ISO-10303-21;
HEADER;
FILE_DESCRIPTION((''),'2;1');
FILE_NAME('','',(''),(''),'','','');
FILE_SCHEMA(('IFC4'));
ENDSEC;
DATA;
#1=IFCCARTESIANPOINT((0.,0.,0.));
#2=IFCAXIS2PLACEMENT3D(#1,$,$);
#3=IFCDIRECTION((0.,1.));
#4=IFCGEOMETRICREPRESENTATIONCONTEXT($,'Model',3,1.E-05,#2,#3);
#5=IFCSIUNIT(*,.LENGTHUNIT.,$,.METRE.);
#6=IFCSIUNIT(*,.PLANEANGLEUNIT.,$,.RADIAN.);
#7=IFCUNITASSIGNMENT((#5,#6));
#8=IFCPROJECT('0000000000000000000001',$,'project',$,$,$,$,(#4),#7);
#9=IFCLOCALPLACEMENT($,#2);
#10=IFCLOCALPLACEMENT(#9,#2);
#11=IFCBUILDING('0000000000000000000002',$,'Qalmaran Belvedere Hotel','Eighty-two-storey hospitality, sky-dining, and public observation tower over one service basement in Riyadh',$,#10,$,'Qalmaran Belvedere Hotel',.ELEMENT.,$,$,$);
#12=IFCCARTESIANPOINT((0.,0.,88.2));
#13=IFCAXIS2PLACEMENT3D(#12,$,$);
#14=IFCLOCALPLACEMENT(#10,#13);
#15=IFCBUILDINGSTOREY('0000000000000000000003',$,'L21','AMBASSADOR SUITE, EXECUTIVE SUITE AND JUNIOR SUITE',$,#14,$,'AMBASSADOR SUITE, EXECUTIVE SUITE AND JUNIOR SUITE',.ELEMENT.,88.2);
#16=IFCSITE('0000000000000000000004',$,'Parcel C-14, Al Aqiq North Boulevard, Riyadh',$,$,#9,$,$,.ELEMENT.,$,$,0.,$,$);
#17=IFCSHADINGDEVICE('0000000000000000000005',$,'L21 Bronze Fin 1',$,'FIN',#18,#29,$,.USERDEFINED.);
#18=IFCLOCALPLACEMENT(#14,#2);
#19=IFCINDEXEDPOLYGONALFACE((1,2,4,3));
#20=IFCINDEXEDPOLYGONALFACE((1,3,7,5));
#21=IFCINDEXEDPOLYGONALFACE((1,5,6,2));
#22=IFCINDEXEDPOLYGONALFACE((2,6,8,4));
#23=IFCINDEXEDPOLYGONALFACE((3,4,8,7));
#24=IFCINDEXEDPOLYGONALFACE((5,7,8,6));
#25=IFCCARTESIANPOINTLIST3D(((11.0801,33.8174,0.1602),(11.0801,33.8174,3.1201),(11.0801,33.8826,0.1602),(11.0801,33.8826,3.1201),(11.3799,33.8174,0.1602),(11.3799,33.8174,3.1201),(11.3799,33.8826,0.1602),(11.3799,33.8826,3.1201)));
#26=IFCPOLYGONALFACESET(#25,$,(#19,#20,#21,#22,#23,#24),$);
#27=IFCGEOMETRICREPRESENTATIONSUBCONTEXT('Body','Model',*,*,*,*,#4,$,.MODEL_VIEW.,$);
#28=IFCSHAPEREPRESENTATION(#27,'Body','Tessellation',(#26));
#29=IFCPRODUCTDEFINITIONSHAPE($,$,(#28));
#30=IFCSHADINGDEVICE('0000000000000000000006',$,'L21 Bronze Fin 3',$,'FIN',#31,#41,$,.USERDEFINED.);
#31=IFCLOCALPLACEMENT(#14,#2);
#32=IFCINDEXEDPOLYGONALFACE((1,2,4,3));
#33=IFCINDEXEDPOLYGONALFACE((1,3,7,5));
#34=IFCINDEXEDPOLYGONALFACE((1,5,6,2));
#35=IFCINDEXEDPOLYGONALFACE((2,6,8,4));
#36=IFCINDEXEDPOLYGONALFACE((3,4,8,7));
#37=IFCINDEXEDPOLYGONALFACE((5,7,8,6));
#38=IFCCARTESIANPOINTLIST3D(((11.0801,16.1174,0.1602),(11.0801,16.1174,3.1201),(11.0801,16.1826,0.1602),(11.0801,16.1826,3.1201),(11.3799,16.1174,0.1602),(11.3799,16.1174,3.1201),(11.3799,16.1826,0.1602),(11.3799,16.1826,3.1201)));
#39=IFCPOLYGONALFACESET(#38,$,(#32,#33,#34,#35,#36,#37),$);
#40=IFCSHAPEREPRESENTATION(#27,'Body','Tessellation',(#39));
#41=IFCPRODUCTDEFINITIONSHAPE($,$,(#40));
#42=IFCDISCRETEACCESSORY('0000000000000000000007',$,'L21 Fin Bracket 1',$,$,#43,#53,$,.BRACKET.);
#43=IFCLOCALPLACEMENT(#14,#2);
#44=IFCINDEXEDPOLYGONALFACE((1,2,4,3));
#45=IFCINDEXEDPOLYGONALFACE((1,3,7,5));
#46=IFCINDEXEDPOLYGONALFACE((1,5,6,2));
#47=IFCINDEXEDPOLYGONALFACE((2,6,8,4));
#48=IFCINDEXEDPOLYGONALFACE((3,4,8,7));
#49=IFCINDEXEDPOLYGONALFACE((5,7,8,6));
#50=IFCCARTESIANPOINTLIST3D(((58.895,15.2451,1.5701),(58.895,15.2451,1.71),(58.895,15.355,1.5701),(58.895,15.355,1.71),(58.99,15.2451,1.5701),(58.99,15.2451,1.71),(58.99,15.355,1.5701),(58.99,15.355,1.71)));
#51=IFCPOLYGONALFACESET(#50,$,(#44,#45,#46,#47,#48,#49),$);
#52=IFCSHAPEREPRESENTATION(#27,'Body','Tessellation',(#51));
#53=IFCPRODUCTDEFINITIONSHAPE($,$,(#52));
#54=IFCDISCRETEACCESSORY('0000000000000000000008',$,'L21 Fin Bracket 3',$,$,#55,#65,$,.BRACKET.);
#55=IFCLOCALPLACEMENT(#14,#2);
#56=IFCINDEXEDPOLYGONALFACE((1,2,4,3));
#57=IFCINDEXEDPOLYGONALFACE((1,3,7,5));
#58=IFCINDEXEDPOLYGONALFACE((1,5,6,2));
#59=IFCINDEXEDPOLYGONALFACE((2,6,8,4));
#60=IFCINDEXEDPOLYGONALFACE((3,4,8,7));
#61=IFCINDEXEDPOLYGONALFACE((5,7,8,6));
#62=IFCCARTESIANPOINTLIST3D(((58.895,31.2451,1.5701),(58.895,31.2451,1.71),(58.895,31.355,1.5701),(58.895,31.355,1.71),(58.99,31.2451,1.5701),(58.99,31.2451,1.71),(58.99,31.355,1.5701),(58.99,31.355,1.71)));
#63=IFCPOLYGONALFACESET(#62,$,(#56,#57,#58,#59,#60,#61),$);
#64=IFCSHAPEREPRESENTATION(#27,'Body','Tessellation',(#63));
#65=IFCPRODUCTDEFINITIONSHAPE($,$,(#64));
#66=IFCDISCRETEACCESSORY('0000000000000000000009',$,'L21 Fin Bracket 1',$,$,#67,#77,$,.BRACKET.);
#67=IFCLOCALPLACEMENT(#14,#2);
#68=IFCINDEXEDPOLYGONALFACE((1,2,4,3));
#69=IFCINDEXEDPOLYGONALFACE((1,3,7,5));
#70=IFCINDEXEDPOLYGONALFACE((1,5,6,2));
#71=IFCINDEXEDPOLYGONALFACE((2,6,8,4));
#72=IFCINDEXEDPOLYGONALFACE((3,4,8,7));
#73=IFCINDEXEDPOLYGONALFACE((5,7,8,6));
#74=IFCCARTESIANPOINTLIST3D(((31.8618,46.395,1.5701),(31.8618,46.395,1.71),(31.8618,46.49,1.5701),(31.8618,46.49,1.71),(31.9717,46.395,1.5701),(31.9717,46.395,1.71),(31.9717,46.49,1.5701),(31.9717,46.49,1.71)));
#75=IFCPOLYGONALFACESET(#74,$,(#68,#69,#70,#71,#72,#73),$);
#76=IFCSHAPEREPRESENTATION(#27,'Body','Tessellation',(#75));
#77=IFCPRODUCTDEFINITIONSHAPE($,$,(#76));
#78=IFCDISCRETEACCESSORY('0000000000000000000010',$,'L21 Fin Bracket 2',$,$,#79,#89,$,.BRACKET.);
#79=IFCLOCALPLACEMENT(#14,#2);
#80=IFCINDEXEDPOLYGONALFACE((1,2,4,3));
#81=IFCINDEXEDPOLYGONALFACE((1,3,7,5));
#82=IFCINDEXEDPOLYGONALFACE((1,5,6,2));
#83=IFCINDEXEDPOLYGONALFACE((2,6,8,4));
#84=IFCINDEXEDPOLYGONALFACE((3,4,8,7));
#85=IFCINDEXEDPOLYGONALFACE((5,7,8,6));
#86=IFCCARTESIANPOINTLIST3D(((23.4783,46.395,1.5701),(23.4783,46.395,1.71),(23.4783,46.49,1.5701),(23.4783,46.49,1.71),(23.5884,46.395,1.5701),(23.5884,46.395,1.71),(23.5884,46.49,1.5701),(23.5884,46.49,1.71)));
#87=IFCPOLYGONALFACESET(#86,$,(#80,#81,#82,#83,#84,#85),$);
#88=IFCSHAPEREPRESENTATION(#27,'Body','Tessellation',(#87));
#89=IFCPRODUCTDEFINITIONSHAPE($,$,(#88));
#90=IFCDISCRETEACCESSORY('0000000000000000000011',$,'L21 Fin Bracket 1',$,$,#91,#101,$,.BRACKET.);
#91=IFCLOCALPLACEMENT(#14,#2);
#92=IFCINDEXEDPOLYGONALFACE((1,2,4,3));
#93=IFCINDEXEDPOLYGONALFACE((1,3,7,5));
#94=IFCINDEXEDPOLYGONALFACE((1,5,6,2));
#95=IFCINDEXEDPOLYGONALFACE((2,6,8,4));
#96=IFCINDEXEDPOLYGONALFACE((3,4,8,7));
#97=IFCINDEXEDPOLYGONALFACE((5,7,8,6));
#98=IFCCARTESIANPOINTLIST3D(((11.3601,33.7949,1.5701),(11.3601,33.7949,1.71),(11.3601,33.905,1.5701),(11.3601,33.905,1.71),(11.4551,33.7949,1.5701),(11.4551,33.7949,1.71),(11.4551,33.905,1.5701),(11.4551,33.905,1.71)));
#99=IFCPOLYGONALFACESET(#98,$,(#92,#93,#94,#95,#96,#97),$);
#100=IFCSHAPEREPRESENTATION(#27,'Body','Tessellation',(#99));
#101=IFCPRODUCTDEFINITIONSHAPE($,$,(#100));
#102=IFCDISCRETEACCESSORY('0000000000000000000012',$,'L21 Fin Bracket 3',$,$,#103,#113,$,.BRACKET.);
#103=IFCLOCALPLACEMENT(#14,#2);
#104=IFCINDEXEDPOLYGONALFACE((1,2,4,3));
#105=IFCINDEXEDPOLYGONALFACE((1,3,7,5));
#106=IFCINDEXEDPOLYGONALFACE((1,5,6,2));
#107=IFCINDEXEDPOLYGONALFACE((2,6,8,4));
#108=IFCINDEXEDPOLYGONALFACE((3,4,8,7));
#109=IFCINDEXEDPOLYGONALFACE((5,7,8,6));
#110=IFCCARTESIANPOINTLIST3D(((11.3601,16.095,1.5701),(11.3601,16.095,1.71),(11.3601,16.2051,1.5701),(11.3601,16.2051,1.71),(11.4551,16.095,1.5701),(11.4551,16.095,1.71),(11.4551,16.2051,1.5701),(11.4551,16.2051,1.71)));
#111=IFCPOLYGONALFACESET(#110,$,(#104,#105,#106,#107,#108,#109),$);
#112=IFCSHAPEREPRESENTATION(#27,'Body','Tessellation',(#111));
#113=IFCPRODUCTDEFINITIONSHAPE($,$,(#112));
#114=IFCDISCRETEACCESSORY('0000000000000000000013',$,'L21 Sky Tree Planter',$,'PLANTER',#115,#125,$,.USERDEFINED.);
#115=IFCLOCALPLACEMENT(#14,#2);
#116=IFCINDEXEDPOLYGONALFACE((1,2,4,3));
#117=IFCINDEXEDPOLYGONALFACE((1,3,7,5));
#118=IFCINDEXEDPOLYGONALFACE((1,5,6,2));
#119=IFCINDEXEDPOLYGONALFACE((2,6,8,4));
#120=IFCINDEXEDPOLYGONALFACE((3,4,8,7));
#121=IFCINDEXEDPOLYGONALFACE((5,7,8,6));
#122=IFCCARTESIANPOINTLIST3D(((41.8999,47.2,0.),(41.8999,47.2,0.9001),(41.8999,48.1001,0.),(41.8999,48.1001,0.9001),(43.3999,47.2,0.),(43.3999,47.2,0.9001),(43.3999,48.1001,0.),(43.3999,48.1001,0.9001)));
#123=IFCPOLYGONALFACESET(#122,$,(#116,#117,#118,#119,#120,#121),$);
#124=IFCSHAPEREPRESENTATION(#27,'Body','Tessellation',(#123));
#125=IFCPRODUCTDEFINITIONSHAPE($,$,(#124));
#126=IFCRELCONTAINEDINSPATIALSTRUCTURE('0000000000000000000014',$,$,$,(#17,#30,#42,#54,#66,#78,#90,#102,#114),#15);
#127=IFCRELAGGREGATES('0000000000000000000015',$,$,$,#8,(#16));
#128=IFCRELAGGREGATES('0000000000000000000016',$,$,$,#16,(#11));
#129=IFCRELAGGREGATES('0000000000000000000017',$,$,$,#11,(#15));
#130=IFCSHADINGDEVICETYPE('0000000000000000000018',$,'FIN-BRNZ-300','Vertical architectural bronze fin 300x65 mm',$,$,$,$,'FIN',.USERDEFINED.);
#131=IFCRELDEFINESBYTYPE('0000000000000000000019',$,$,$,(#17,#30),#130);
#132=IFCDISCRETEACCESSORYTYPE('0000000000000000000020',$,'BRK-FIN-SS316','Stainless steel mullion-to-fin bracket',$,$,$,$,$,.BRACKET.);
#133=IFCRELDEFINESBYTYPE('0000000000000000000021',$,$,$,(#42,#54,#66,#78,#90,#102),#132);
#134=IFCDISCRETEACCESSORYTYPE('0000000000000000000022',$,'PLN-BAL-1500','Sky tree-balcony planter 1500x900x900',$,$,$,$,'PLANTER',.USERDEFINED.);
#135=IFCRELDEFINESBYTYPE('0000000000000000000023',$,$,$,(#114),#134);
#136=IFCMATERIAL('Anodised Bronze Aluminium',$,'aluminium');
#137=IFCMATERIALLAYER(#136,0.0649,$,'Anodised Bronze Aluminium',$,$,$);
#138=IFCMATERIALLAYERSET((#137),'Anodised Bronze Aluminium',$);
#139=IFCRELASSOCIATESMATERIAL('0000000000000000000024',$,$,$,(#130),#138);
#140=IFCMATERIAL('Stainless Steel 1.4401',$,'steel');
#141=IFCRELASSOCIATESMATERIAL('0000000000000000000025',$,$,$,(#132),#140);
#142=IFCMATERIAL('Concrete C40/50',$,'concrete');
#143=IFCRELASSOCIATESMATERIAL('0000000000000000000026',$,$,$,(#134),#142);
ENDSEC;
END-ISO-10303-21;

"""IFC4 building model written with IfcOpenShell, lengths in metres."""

from ifc_helpers import new_model, si_unit, direction, frame, origin, place, context, subcontext, project, spatial, polyline, outline, extrude, material, layer, layer_set, type_object, element, save


model = new_model("IFC4")

# Units and contexts
model_context = context("Model", 3, precision=1e-05, world=origin(), true_north=direction((0.0, 1.0)))
body_context = subcontext(model_context, "Body", "Model", "MODEL_VIEW")
ifc_project = project(units=[si_unit("LENGTHUNIT", "METRE"), si_unit("PLANEANGLEUNIT", "RADIAN")], contexts=[model_context])

# Site, building, storey
site_placement = place(None, origin())
site = spatial("IfcSite", under=ifc_project, at=site_placement, Name="Parcel C-14, Al Aqiq North Boulevard, Riyadh", CompositionType="ELEMENT", RefElevation=0.0)
building_placement = place(site_placement, origin())
building = spatial("IfcBuilding", under=site, at=building_placement, Name="Qalmaran Belvedere Hotel", Description="Eighty-two-storey hospitality, sky-dining, and public observation tower over one service basement in Riyadh", LongName="Qalmaran Belvedere Hotel", CompositionType="ELEMENT")
storey_placement = place(building_placement, frame((0.0, 0.0, 88.2)))
storey = spatial("IfcBuildingStorey", under=building, at=storey_placement, Name="L21", Description="AMBASSADOR SUITE, EXECUTIVE SUITE AND JUNIOR SUITE", LongName="AMBASSADOR SUITE, EXECUTIVE SUITE AND JUNIOR SUITE", CompositionType="ELEMENT", Elevation=88.2)

# Shared definitions
ifc_material_1 = material(Name="Anodised Bronze Aluminium", Category="aluminium")

# Shared definitions
ifc_material_2 = material(Name="Concrete C40/50", Category="concrete")

# Shading devices
ifc_layer_1 = layer(ifc_material_1, 0.0649, Name="Anodised Bronze Aluminium")
ifc_layer_set_1 = layer_set([ifc_layer_1], Name="Anodised Bronze Aluminium")
shading_device_type = type_object("IfcShadingDeviceType", Name="FIN-BRNZ-300", Description="Vertical architectural bronze fin 300x65 mm", ElementType="FIN", PredefinedType="USERDEFINED", material=ifc_layer_set_1)
shading_device_1_placement = place(storey_placement, frame((0.0, 0.0, 0.1602)))
element("IfcShadingDevice", 1, at=shading_device_1_placement, inside=storey, type_object=shading_device_type, Name="L21 Bronze Fin 1", ObjectType="FIN", PredefinedType="USERDEFINED", context=body_context, shape_type="SweptSolid", body=[
    extrude(outline(polyline([(11.3799, 33.8826), (11.0801, 33.8826), (11.0801, 33.8174), (11.3799, 33.8174), (11.3799, 33.8826)])), origin(), (0.0, 0.0, 1.0), 2.96),
])
shading_device_2_placement = place(storey_placement, frame((0.0, 0.0, 0.1602)))
element("IfcShadingDevice", 2, at=shading_device_2_placement, inside=storey, type_object=shading_device_type, Name="L21 Bronze Fin 3", ObjectType="FIN", PredefinedType="USERDEFINED", context=body_context, shape_type="SweptSolid", body=[
    extrude(outline(polyline([(11.3799, 16.1826), (11.0801, 16.1826), (11.0801, 16.1174), (11.3799, 16.1174), (11.3799, 16.1826)])), origin(), (0.0, 0.0, 1.0), 2.96),
])

# Discrete accessories
ifc_material_3 = material(Name="Stainless Steel 1.4401", Category="steel")
discrete_accessory_type_1 = type_object("IfcDiscreteAccessoryType", Name="BRK-FIN-SS316", Description="Stainless steel mullion-to-fin bracket", PredefinedType="BRACKET", material=ifc_material_3)
discrete_accessory_1_placement = place(storey_placement, frame((0.0, 0.0, 1.5701)))
element("IfcDiscreteAccessory", 3, at=discrete_accessory_1_placement, inside=storey, type_object=discrete_accessory_type_1, Name="L21 Fin Bracket 1", PredefinedType="BRACKET", context=body_context, shape_type="SweptSolid", body=[
    extrude(outline(polyline([(58.895, 15.2451), (58.99, 15.2451), (58.99, 15.355), (58.895, 15.355), (58.895, 15.2451)])), origin(), (0.0, 0.0, 1.0), 0.1399),
])
discrete_accessory_2_placement = place(storey_placement, frame((0.0, 0.0, 1.5701)))
element("IfcDiscreteAccessory", 4, at=discrete_accessory_2_placement, inside=storey, type_object=discrete_accessory_type_1, Name="L21 Fin Bracket 3", PredefinedType="BRACKET", context=body_context, shape_type="SweptSolid", body=[
    extrude(outline(polyline([(58.895, 31.2451), (58.99, 31.2451), (58.99, 31.355), (58.895, 31.355), (58.895, 31.2451)])), origin(), (0.0, 0.0, 1.0), 0.1399),
])
discrete_accessory_3_placement = place(storey_placement, frame((0.0, 0.0, 1.5701)))
element("IfcDiscreteAccessory", 5, at=discrete_accessory_3_placement, inside=storey, type_object=discrete_accessory_type_1, Name="L21 Fin Bracket 1", PredefinedType="BRACKET", context=body_context, shape_type="SweptSolid", body=[
    extrude(outline(polyline([(31.9717, 46.395), (31.9717, 46.49), (31.8618, 46.49), (31.8618, 46.395), (31.9717, 46.395)])), origin(), (0.0, 0.0, 1.0), 0.1399),
])
discrete_accessory_4_placement = place(storey_placement, frame((0.0, 0.0, 1.5701)))
element("IfcDiscreteAccessory", 6, at=discrete_accessory_4_placement, inside=storey, type_object=discrete_accessory_type_1, Name="L21 Fin Bracket 2", PredefinedType="BRACKET", context=body_context, shape_type="SweptSolid", body=[
    extrude(outline(polyline([(23.5884, 46.395), (23.5884, 46.49), (23.4783, 46.49), (23.4783, 46.395), (23.5884, 46.395)])), origin(), (0.0, 0.0, 1.0), 0.1399),
])
discrete_accessory_5_placement = place(storey_placement, frame((0.0, 0.0, 1.5701)))
element("IfcDiscreteAccessory", 7, at=discrete_accessory_5_placement, inside=storey, type_object=discrete_accessory_type_1, Name="L21 Fin Bracket 1", PredefinedType="BRACKET", context=body_context, shape_type="SweptSolid", body=[
    extrude(outline(polyline([(11.4551, 33.905), (11.3601, 33.905), (11.3601, 33.7949), (11.4551, 33.7949), (11.4551, 33.905)])), origin(), (0.0, 0.0, 1.0), 0.1399),
])
discrete_accessory_6_placement = place(storey_placement, frame((0.0, 0.0, 1.5701)))
element("IfcDiscreteAccessory", 8, at=discrete_accessory_6_placement, inside=storey, type_object=discrete_accessory_type_1, Name="L21 Fin Bracket 3", PredefinedType="BRACKET", context=body_context, shape_type="SweptSolid", body=[
    extrude(outline(polyline([(11.4551, 16.2051), (11.3601, 16.2051), (11.3601, 16.095), (11.4551, 16.095), (11.4551, 16.2051)])), origin(), (0.0, 0.0, 1.0), 0.1399),
])
discrete_accessory_type_2 = type_object("IfcDiscreteAccessoryType", Name="PLN-BAL-1500", Description="Sky tree-balcony planter 1500x900x900", ElementType="PLANTER", PredefinedType="USERDEFINED", material=ifc_material_2)
discrete_accessory_7_placement = place(storey_placement, origin())
element("IfcDiscreteAccessory", 9, at=discrete_accessory_7_placement, inside=storey, type_object=discrete_accessory_type_2, Name="L21 Sky Tree Planter", ObjectType="PLANTER", PredefinedType="USERDEFINED", context=body_context, shape_type="SweptSolid", body=[
    extrude(outline(polyline([(41.8999, 47.2), (43.3999, 47.2), (43.3999, 48.1001), (41.8999, 48.1001), (41.8999, 47.2)])), origin(), (0.0, 0.0, 1.0), 0.9001),
])

save(model, "model.ifc")
